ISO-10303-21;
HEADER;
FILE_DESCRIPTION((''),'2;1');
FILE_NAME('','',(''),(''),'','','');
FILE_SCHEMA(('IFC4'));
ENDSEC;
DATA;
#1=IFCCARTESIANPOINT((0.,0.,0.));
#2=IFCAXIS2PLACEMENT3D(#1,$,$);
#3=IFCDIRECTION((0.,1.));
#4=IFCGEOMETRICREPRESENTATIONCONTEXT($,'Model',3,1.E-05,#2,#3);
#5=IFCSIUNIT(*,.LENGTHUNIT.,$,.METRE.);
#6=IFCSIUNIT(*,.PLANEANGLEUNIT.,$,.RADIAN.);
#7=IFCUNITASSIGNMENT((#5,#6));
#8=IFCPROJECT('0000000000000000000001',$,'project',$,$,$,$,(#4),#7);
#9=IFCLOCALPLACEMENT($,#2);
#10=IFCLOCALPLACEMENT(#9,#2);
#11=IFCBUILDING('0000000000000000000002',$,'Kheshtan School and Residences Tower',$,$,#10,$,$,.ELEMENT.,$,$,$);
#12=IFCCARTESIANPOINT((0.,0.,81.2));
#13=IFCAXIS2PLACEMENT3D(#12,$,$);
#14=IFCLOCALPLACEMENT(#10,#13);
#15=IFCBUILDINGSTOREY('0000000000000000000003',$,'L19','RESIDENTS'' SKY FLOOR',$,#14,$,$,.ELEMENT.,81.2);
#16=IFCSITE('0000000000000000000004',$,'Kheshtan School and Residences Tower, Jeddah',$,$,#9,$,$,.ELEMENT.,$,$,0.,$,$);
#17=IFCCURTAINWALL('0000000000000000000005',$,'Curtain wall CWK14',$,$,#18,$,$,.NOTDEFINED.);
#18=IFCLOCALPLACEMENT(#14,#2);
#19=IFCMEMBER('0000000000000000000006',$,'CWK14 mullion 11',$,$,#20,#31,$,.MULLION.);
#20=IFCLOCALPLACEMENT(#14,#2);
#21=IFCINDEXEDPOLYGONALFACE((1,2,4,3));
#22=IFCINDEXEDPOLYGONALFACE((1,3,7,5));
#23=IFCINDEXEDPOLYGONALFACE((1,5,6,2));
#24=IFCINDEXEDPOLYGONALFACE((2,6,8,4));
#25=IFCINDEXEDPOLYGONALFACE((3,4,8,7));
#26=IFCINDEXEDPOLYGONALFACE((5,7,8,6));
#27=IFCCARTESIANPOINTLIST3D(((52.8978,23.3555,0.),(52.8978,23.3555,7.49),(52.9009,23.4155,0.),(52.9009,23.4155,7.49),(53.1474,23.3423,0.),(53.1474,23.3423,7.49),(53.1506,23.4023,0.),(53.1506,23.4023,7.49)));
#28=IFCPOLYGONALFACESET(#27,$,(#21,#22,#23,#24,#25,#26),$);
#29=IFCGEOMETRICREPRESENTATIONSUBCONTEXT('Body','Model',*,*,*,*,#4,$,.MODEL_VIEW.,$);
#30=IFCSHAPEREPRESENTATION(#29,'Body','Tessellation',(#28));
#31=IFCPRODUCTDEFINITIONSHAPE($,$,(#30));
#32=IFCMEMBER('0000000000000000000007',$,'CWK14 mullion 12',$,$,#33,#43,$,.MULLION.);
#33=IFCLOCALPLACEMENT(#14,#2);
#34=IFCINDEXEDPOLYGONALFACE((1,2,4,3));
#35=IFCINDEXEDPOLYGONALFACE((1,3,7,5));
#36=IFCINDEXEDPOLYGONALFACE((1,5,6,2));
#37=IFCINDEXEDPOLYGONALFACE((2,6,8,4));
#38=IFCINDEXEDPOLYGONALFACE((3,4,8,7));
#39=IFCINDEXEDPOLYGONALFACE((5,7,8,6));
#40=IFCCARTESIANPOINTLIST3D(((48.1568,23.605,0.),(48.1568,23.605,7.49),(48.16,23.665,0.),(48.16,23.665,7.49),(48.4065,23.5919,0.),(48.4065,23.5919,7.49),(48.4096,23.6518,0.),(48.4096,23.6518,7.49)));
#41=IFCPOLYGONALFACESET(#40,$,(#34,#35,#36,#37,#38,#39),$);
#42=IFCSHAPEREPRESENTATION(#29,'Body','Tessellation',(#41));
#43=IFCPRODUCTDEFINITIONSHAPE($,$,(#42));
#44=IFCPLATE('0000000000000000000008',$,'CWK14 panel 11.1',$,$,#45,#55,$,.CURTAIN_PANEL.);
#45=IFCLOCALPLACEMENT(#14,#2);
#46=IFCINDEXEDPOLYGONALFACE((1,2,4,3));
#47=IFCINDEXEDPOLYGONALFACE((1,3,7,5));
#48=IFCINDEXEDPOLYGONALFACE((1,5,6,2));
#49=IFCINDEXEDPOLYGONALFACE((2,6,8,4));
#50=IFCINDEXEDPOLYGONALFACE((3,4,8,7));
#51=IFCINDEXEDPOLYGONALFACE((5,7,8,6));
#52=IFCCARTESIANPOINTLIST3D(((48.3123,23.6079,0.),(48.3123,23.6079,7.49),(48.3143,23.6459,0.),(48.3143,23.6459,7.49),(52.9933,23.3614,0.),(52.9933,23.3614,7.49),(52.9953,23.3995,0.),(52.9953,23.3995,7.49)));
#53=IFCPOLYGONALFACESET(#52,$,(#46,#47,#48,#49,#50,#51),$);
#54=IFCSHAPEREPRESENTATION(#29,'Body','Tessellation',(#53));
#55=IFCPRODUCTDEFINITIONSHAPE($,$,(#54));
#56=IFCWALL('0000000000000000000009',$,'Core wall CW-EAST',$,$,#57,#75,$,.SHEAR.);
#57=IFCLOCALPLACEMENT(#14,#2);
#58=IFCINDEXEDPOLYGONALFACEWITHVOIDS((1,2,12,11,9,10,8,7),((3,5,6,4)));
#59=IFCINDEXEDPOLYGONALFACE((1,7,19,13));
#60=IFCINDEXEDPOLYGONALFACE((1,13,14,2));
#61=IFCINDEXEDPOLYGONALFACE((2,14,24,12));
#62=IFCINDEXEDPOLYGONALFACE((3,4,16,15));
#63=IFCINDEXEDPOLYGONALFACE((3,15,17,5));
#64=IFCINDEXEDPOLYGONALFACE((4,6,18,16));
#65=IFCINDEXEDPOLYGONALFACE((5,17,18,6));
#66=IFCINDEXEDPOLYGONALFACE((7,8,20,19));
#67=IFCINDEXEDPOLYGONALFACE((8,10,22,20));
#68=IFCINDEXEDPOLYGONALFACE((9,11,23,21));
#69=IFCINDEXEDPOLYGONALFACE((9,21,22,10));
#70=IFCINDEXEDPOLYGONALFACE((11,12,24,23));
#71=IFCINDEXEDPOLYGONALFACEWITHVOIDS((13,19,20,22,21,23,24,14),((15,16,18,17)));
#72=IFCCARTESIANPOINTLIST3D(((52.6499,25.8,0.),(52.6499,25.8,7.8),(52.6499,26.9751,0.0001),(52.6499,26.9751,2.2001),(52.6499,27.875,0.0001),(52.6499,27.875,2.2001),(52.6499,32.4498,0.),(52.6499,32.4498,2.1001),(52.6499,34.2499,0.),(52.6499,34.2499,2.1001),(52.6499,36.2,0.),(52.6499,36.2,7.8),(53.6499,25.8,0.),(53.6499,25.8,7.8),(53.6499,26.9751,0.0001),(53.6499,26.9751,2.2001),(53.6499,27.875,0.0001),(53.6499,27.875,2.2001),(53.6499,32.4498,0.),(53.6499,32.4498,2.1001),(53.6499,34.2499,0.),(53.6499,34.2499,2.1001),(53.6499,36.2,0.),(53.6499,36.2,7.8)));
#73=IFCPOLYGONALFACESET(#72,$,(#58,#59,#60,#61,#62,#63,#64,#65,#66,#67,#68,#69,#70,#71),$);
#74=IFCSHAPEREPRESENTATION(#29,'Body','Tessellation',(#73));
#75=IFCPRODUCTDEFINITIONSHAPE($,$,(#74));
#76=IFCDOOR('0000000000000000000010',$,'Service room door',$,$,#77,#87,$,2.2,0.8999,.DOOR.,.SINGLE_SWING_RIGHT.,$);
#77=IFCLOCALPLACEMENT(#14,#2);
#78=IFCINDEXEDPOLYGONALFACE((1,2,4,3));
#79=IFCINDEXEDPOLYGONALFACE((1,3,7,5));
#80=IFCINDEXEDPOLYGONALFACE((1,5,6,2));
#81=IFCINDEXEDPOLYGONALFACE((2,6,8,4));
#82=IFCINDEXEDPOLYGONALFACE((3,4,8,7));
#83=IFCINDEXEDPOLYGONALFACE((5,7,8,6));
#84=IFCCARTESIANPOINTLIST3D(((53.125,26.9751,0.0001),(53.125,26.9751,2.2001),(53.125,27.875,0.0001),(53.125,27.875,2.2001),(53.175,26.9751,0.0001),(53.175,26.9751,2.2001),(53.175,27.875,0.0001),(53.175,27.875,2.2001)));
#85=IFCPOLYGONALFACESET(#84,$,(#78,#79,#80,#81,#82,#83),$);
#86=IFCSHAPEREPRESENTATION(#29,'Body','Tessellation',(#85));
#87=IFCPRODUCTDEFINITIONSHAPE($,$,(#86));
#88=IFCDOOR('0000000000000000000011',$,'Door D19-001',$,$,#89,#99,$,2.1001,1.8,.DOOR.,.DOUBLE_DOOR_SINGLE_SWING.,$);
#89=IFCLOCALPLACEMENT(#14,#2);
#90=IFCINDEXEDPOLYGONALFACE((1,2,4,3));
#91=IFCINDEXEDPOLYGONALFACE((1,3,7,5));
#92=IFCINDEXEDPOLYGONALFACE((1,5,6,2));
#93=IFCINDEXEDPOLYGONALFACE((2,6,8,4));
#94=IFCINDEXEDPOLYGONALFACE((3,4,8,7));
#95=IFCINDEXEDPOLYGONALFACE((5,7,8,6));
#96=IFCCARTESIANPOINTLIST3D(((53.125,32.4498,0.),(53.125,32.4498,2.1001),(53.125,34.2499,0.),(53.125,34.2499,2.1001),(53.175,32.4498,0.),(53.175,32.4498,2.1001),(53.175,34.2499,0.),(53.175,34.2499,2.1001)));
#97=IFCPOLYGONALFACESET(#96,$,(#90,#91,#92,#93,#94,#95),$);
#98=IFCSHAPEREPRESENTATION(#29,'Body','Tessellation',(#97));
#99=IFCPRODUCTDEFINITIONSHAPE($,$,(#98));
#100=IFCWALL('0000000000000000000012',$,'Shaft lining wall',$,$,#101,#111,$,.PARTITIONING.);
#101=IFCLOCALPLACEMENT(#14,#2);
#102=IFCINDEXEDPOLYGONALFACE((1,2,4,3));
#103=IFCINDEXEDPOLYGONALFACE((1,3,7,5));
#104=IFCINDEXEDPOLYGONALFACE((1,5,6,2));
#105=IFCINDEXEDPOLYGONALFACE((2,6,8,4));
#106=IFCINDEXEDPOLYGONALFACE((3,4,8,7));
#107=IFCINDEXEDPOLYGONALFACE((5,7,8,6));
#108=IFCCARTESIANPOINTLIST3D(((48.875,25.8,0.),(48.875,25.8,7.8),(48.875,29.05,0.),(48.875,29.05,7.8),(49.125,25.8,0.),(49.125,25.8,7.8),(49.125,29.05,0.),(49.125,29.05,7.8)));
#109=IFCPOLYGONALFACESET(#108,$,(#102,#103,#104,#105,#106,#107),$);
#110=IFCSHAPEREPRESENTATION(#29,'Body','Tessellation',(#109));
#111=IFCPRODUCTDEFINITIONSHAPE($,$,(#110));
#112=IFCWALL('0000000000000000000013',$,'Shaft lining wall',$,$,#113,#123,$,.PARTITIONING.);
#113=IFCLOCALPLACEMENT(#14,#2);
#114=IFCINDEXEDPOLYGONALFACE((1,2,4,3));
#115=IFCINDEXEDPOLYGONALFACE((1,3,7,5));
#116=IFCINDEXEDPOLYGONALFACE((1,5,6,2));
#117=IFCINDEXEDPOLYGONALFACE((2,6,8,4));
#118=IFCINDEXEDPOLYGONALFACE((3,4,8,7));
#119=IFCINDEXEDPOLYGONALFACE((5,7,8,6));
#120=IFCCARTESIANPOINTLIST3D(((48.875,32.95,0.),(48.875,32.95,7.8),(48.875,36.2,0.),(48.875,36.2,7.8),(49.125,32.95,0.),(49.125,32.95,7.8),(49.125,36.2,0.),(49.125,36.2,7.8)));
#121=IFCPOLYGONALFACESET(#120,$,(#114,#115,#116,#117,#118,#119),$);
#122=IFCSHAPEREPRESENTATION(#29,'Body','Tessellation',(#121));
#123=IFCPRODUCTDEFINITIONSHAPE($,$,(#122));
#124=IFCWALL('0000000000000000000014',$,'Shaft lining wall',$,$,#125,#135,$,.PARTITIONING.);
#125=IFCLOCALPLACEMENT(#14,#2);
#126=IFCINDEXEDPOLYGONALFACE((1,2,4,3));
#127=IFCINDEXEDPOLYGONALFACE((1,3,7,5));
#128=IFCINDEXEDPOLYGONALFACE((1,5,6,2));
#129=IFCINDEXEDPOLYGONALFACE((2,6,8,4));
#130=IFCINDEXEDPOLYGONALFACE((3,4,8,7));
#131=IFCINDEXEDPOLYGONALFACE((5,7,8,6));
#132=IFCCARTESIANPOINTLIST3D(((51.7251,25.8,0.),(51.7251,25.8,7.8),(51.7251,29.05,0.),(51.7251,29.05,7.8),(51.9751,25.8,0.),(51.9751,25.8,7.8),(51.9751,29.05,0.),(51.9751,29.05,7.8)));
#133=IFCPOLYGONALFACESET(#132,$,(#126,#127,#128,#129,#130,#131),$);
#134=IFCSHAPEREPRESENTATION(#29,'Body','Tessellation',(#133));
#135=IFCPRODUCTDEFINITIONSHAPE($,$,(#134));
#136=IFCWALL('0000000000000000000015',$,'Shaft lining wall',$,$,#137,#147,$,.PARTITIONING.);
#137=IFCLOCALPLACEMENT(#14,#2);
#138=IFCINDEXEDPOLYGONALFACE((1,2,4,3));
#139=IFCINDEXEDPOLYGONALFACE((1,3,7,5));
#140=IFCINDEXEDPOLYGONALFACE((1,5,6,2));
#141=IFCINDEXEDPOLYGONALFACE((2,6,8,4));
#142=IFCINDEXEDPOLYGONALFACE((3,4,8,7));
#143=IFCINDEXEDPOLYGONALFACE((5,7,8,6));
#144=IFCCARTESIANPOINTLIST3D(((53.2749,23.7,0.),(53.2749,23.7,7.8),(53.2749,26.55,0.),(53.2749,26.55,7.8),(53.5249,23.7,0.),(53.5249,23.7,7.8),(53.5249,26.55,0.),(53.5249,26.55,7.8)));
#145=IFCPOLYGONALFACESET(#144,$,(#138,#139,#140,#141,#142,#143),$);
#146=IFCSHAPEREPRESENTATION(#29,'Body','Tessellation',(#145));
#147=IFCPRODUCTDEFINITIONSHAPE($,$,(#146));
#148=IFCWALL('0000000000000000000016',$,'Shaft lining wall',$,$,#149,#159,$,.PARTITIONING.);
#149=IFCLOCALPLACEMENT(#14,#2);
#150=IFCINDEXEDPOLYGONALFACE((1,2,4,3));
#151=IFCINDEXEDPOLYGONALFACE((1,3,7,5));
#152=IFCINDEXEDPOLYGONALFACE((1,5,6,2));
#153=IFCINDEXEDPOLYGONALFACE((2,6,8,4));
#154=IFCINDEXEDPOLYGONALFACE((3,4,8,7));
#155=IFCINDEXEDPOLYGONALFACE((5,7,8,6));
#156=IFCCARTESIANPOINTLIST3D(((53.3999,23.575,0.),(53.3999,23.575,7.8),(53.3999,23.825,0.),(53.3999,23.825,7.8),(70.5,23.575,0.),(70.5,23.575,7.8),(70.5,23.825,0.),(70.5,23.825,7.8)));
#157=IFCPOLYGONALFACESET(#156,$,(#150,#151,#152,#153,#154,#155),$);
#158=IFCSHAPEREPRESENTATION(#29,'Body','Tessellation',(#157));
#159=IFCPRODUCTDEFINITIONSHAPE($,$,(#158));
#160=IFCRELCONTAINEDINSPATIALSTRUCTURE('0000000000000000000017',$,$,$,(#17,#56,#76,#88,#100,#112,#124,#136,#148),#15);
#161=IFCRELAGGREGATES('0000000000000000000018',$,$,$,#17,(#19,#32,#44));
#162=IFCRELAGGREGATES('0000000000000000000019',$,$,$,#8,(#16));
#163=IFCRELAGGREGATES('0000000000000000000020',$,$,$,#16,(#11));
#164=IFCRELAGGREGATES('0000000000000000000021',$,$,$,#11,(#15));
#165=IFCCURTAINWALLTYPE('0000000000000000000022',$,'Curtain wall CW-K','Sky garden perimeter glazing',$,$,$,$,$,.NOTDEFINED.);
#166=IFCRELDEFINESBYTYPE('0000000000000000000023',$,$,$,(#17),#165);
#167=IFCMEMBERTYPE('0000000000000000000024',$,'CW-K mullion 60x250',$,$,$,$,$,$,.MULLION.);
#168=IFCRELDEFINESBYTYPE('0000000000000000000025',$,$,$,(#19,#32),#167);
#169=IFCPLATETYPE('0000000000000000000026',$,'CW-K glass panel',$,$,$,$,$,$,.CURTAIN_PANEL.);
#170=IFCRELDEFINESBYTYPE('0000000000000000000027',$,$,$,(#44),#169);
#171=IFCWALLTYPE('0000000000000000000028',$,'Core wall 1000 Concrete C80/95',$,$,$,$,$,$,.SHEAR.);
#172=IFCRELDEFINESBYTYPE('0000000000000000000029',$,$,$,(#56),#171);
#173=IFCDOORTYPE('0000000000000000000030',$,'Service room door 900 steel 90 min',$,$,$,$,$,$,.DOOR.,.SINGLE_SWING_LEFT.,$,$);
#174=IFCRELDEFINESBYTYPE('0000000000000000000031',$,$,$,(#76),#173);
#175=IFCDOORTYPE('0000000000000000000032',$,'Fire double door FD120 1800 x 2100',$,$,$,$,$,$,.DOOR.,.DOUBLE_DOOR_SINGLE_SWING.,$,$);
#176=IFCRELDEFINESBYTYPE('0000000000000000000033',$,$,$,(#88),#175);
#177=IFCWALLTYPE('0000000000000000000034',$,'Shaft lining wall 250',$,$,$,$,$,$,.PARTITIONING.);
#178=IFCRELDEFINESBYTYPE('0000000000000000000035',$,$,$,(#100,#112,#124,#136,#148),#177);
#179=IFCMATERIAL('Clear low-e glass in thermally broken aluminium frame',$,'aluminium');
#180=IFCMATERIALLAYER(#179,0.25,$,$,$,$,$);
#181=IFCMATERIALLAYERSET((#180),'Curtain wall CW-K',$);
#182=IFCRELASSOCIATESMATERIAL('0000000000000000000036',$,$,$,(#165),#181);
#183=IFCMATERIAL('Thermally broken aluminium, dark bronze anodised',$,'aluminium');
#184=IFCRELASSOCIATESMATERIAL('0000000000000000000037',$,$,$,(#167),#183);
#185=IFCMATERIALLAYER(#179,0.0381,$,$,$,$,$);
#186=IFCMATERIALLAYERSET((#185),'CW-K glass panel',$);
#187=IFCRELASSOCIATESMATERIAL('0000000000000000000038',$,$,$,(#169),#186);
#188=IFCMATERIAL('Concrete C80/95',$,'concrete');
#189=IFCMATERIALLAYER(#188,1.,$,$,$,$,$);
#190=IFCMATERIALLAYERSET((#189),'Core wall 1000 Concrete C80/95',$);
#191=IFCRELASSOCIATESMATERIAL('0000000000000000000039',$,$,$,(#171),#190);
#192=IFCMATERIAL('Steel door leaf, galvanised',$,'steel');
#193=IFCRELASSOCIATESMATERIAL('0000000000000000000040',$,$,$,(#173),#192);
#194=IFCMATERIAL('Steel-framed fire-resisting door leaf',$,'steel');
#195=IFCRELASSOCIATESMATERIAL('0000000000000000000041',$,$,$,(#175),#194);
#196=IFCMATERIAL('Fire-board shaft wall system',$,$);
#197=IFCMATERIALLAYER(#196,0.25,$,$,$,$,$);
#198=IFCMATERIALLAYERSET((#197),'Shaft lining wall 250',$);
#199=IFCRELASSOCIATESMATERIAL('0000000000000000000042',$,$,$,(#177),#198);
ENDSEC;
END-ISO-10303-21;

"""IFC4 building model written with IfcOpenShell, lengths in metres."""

from ifc_helpers import new_model, si_unit, direction, frame, frame_2d, origin, origin_2d, place, context, subcontext, project, spatial, rectangle, extrude, source, transform, mapped, material, layer, layer_set, material_profile, profile_set, type_object, element, fill, aggregate, save


model = new_model("IFC4")

# Units and contexts
model_context = context("Model", 3, precision=1e-05, world=origin(), true_north=direction((0.0, 1.0)))
body_context = subcontext(model_context, "Body", "Model", "MODEL_VIEW")
ifc_project = project(units=[si_unit("LENGTHUNIT", "METRE"), si_unit("PLANEANGLEUNIT", "RADIAN")], contexts=[model_context])

# Site, building, storey
site_placement = place(None, origin())
site = spatial("IfcSite", under=ifc_project, at=site_placement, Name="Kheshtan School and Residences Tower, Jeddah", CompositionType="ELEMENT", RefElevation=0.0)
building_placement = place(site_placement, origin())
building = spatial("IfcBuilding", under=site, at=building_placement, Name="Kheshtan School and Residences Tower", CompositionType="ELEMENT")
storey_placement = place(building_placement, frame((0.0, 0.0, 81.2)))
storey = spatial("IfcBuildingStorey", under=building, at=storey_placement, Name="L19", Description="RESIDENTS' SKY FLOOR", CompositionType="ELEMENT", Elevation=81.2)

# Curtain wall, members, plate
ifc_material_1 = material(Name="Clear low-e glass in thermally broken aluminium frame", Category="aluminium")
ifc_layer_1 = layer(ifc_material_1, 0.25)
ifc_layer_set_1 = layer_set([ifc_layer_1], Name="Curtain wall CW-K")
curtain_wall_type = type_object("IfcCurtainWallType", Name="Curtain wall CW-K", Description="Sky garden perimeter glazing", PredefinedType="NOTDEFINED", material=ifc_layer_set_1)
curtain_wall_placement = place(storey_placement, origin())
curtain_wall = element("IfcCurtainWall", 1, at=curtain_wall_placement, inside=storey, type_object=curtain_wall_type, Name="Curtain wall CWK14", PredefinedType="NOTDEFINED")
ifc_material_2 = material(Name="Thermally broken aluminium, dark bronze anodised", Category="aluminium")
ifc_material_profile_1 = material_profile(ifc_material_2, rectangle(XDim=0.0601, YDim=0.25, at=origin_2d()), Name="CW-K mullion 60x250")
ifc_profile_set_1 = profile_set([ifc_material_profile_1], Name="Thermally broken aluminium, dark bronze anodised")
member_type = type_object("IfcMemberType", Name="CW-K mullion 60x250", PredefinedType="MULLION", material=ifc_profile_set_1)
member_1_placement = place(storey_placement, frame((53.0242, 23.3789, 0.0), z_axis=(0.0, 0.0, 1.0), x_axis=(-0.05257, -0.998617, 0.0)))
member_1 = element("IfcMember", 2, at=member_1_placement, type_object=member_type, Name="CWK14 mullion 11", PredefinedType="MULLION", context=body_context, shape_type="SweptSolid", body=[
    extrude(rectangle(XDim=0.0601, YDim=0.25, at=origin_2d()), origin(), (0.0, 0.0, 1.0), 7.49),
])
member_2_placement = place(storey_placement, frame((48.2832, 23.6284, 0.0), z_axis=(0.0, 0.0, 1.0), x_axis=(-0.05257, -0.998617, 0.0)))
member_2 = element("IfcMember", 3, at=member_2_placement, type_object=member_type, Name="CWK14 mullion 12", PredefinedType="MULLION", context=body_context, shape_type="SweptSolid", body=[
    extrude(rectangle(XDim=0.0601, YDim=0.25, at=origin_2d()), origin(), (0.0, 0.0, 1.0), 7.49),
])
ifc_layer_2 = layer(ifc_material_1, 0.0381)
ifc_layer_set_2 = layer_set([ifc_layer_2], Name="CW-K glass panel")
plate_type = type_object("IfcPlateType", Name="CW-K glass panel", PredefinedType="CURTAIN_PANEL", material=ifc_layer_set_2)
plate_placement = place(storey_placement, frame((50.6538, 23.5037, 0.0), z_axis=(0.0, 0.0, 1.0), x_axis=(-0.998617, 0.05257, 0.0)))
plate = element("IfcPlate", 4, at=plate_placement, type_object=plate_type, Name="CWK14 panel 11.1", PredefinedType="CURTAIN_PANEL", context=body_context, shape_type="SweptSolid", body=[
    extrude(rectangle(XDim=4.6875, YDim=0.0381, at=origin_2d()), origin(), (0.0, 0.0, 1.0), 7.49),
])
aggregate(curtain_wall, [member_1, member_2, plate])

# Wall, openings, doors
ifc_material_3 = material(Name="Concrete C80/95", Category="concrete")
ifc_layer_3 = layer(ifc_material_3, 1.0)
ifc_layer_set_3 = layer_set([ifc_layer_3], Name="Core wall 1000 Concrete C80/95")
wall_type_1 = type_object("IfcWallType", Name="Core wall 1000 Concrete C80/95", PredefinedType="SHEAR", material=ifc_layer_set_3)
wall_1_placement = place(storey_placement, frame((53.1499, 25.8, 0.0), z_axis=(0.0, 0.0, 1.0), x_axis=(0.0, 1.0, 0.0)))
wall_1 = element("IfcWall", 5, at=wall_1_placement, inside=storey, type_object=wall_type_1, Name="Core wall CW-EAST", PredefinedType="SHEAR", context=body_context, shape_type="SweptSolid", body=[
    extrude(rectangle(XDim=10.3999, YDim=1.0, at=frame_2d((5.2, 0.0))), origin(), (0.0, 0.0, 1.0), 7.8),
])
opening_1_placement = place(wall_1_placement, frame((1.175, 0.0, 0.0)))
opening_1 = element("IfcOpeningElement", 6, at=opening_1_placement, cuts=wall_1, PredefinedType="OPENING", context=body_context, shape_type="SweptSolid", body=[
    extrude(rectangle(XDim=0.8999, YDim=2.2, at=frame_2d((0.45, 1.1001))), frame((0.0, 0.51, 0.0), z_axis=(0.0, -1.0, 0.0), x_axis=(1.0, 0.0, 0.0)), (0.0, 0.0, 1.0), 1.02),
])
opening_2_placement = place(wall_1_placement, frame((6.6499, 0.0, 0.0)))
opening_2 = element("IfcOpeningElement", 7, at=opening_2_placement, cuts=wall_1, PredefinedType="OPENING", context=body_context, shape_type="SweptSolid", body=[
    extrude(rectangle(XDim=1.8, YDim=2.1001, at=frame_2d((0.8999, 1.05))), frame((0.0, 0.51, 0.0), z_axis=(0.0, -1.0, 0.0), x_axis=(1.0, 0.0, 0.0)), (0.0, 0.0, 1.0), 1.02),
])
ifc_material_4 = material(Name="Steel door leaf, galvanised", Category="steel")
door_type_1 = type_object("IfcDoorType", Name="Service room door 900 steel 90 min", OperationType="SINGLE_SWING_LEFT", PredefinedType="DOOR", material=ifc_material_4)
shared_shape_1 = source(origin(), body_context, "Body", "SweptSolid", [
    extrude(rectangle(XDim=0.8999, YDim=2.2, at=frame_2d((0.45, 1.1001))), frame((0.0, 0.0249, 0.0), z_axis=(0.0, -1.0, 0.0), x_axis=(1.0, 0.0, 0.0)), (0.0, 0.0, 1.0), 0.05),
])
door_1_placement = place(opening_1_placement, origin())
door_1 = element("IfcDoor", 8, at=door_1_placement, inside=storey, type_object=door_type_1, Name="Service room door", OperationType="SINGLE_SWING_RIGHT", OverallHeight=2.2, OverallWidth=0.8999, PredefinedType="DOOR", context=body_context, shape_type="MappedRepresentation", body=[
    mapped(shared_shape_1, transform((0.0, 0.0, 0.0), x_axis=(1.0, 0.0, 0.0), y_axis=(0.0, 1.0, 0.0), z_axis=(0.0, 0.0, 1.0), scale=1.0)),
])
fill(opening_1, door_1)
ifc_material_5 = material(Name="Steel-framed fire-resisting door leaf", Category="steel")
door_type_2 = type_object("IfcDoorType", Name="Fire double door FD120 1800 x 2100", OperationType="DOUBLE_DOOR_SINGLE_SWING", PredefinedType="DOOR", material=ifc_material_5)
shared_shape_2 = source(origin(), body_context, "Body", "SweptSolid", [
    extrude(rectangle(XDim=1.8, YDim=2.1001, at=frame_2d((0.8999, 1.05))), frame((0.0, 0.0249, 0.0), z_axis=(0.0, -1.0, 0.0), x_axis=(1.0, 0.0, 0.0)), (0.0, 0.0, 1.0), 0.05),
])
door_2_placement = place(opening_2_placement, origin())
door_2 = element("IfcDoor", 9, at=door_2_placement, inside=storey, type_object=door_type_2, Name="Door D19-001", OperationType="DOUBLE_DOOR_SINGLE_SWING", OverallHeight=2.1001, OverallWidth=1.8, PredefinedType="DOOR", context=body_context, shape_type="MappedRepresentation", body=[
    mapped(shared_shape_2, transform((0.0, 0.0, 0.0), x_axis=(1.0, 0.0, 0.0), y_axis=(0.0, 1.0, 0.0), z_axis=(0.0, 0.0, 1.0), scale=1.0)),
])
fill(opening_2, door_2)

# Walls
ifc_material_6 = material(Name="Fire-board shaft wall system")
ifc_layer_4 = layer(ifc_material_6, 0.25)
ifc_layer_set_4 = layer_set([ifc_layer_4], Name="Shaft lining wall 250")
wall_type_2 = type_object("IfcWallType", Name="Shaft lining wall 250", PredefinedType="PARTITIONING", material=ifc_layer_set_4)
for number, where, z_axis, x_axis, name in (
    (10, (49.0, 25.8, 0.0), (0.0, 0.0, 1.0), (0.0, 1.0, 0.0), "Shaft lining wall"),
    (11, (49.0, 32.95, 0.0), (0.0, 0.0, 1.0), (0.0, 1.0, 0.0), "Shaft lining wall"),
    (12, (51.8501, 25.8, 0.0), (0.0, 0.0, 1.0), (0.0, 1.0, 0.0), "Shaft lining wall"),
):
    element("IfcWall", number, at=place(storey_placement, frame(where, z_axis=z_axis, x_axis=x_axis)), inside=storey, type_object=wall_type_2, Name=name, PredefinedType="PARTITIONING", context=body_context, shape_type="SweptSolid", body=[
        extrude(rectangle(XDim=3.25, YDim=0.25, at=frame_2d((1.625, 0.0))), origin(), (0.0, 0.0, 1.0), 7.8),
    ])
wall_2_placement = place(storey_placement, frame((53.3999, 23.7, 0.0), z_axis=(0.0, 0.0, 1.0), x_axis=(0.0, 1.0, 0.0)))
element("IfcWall", 13, at=wall_2_placement, inside=storey, type_object=wall_type_2, Name="Shaft lining wall", PredefinedType="PARTITIONING", context=body_context, shape_type="SweptSolid", body=[
    extrude(rectangle(XDim=2.8501, YDim=0.25, at=frame_2d((1.425, 0.0))), origin(), (0.0, 0.0, 1.0), 7.8),
])
wall_3_placement = place(storey_placement, frame((53.3999, 23.7, 0.0), z_axis=(0.0, 0.0, 1.0), x_axis=(1.0, 0.0, 0.0)))
element("IfcWall", 14, at=wall_3_placement, inside=storey, type_object=wall_type_2, Name="Shaft lining wall", PredefinedType="PARTITIONING", context=body_context, shape_type="SweptSolid", body=[
    extrude(rectangle(XDim=17.1001, YDim=0.25, at=frame_2d((8.55, 0.0))), origin(), (0.0, 0.0, 1.0), 7.8),
])

save(model, "model.ifc")
